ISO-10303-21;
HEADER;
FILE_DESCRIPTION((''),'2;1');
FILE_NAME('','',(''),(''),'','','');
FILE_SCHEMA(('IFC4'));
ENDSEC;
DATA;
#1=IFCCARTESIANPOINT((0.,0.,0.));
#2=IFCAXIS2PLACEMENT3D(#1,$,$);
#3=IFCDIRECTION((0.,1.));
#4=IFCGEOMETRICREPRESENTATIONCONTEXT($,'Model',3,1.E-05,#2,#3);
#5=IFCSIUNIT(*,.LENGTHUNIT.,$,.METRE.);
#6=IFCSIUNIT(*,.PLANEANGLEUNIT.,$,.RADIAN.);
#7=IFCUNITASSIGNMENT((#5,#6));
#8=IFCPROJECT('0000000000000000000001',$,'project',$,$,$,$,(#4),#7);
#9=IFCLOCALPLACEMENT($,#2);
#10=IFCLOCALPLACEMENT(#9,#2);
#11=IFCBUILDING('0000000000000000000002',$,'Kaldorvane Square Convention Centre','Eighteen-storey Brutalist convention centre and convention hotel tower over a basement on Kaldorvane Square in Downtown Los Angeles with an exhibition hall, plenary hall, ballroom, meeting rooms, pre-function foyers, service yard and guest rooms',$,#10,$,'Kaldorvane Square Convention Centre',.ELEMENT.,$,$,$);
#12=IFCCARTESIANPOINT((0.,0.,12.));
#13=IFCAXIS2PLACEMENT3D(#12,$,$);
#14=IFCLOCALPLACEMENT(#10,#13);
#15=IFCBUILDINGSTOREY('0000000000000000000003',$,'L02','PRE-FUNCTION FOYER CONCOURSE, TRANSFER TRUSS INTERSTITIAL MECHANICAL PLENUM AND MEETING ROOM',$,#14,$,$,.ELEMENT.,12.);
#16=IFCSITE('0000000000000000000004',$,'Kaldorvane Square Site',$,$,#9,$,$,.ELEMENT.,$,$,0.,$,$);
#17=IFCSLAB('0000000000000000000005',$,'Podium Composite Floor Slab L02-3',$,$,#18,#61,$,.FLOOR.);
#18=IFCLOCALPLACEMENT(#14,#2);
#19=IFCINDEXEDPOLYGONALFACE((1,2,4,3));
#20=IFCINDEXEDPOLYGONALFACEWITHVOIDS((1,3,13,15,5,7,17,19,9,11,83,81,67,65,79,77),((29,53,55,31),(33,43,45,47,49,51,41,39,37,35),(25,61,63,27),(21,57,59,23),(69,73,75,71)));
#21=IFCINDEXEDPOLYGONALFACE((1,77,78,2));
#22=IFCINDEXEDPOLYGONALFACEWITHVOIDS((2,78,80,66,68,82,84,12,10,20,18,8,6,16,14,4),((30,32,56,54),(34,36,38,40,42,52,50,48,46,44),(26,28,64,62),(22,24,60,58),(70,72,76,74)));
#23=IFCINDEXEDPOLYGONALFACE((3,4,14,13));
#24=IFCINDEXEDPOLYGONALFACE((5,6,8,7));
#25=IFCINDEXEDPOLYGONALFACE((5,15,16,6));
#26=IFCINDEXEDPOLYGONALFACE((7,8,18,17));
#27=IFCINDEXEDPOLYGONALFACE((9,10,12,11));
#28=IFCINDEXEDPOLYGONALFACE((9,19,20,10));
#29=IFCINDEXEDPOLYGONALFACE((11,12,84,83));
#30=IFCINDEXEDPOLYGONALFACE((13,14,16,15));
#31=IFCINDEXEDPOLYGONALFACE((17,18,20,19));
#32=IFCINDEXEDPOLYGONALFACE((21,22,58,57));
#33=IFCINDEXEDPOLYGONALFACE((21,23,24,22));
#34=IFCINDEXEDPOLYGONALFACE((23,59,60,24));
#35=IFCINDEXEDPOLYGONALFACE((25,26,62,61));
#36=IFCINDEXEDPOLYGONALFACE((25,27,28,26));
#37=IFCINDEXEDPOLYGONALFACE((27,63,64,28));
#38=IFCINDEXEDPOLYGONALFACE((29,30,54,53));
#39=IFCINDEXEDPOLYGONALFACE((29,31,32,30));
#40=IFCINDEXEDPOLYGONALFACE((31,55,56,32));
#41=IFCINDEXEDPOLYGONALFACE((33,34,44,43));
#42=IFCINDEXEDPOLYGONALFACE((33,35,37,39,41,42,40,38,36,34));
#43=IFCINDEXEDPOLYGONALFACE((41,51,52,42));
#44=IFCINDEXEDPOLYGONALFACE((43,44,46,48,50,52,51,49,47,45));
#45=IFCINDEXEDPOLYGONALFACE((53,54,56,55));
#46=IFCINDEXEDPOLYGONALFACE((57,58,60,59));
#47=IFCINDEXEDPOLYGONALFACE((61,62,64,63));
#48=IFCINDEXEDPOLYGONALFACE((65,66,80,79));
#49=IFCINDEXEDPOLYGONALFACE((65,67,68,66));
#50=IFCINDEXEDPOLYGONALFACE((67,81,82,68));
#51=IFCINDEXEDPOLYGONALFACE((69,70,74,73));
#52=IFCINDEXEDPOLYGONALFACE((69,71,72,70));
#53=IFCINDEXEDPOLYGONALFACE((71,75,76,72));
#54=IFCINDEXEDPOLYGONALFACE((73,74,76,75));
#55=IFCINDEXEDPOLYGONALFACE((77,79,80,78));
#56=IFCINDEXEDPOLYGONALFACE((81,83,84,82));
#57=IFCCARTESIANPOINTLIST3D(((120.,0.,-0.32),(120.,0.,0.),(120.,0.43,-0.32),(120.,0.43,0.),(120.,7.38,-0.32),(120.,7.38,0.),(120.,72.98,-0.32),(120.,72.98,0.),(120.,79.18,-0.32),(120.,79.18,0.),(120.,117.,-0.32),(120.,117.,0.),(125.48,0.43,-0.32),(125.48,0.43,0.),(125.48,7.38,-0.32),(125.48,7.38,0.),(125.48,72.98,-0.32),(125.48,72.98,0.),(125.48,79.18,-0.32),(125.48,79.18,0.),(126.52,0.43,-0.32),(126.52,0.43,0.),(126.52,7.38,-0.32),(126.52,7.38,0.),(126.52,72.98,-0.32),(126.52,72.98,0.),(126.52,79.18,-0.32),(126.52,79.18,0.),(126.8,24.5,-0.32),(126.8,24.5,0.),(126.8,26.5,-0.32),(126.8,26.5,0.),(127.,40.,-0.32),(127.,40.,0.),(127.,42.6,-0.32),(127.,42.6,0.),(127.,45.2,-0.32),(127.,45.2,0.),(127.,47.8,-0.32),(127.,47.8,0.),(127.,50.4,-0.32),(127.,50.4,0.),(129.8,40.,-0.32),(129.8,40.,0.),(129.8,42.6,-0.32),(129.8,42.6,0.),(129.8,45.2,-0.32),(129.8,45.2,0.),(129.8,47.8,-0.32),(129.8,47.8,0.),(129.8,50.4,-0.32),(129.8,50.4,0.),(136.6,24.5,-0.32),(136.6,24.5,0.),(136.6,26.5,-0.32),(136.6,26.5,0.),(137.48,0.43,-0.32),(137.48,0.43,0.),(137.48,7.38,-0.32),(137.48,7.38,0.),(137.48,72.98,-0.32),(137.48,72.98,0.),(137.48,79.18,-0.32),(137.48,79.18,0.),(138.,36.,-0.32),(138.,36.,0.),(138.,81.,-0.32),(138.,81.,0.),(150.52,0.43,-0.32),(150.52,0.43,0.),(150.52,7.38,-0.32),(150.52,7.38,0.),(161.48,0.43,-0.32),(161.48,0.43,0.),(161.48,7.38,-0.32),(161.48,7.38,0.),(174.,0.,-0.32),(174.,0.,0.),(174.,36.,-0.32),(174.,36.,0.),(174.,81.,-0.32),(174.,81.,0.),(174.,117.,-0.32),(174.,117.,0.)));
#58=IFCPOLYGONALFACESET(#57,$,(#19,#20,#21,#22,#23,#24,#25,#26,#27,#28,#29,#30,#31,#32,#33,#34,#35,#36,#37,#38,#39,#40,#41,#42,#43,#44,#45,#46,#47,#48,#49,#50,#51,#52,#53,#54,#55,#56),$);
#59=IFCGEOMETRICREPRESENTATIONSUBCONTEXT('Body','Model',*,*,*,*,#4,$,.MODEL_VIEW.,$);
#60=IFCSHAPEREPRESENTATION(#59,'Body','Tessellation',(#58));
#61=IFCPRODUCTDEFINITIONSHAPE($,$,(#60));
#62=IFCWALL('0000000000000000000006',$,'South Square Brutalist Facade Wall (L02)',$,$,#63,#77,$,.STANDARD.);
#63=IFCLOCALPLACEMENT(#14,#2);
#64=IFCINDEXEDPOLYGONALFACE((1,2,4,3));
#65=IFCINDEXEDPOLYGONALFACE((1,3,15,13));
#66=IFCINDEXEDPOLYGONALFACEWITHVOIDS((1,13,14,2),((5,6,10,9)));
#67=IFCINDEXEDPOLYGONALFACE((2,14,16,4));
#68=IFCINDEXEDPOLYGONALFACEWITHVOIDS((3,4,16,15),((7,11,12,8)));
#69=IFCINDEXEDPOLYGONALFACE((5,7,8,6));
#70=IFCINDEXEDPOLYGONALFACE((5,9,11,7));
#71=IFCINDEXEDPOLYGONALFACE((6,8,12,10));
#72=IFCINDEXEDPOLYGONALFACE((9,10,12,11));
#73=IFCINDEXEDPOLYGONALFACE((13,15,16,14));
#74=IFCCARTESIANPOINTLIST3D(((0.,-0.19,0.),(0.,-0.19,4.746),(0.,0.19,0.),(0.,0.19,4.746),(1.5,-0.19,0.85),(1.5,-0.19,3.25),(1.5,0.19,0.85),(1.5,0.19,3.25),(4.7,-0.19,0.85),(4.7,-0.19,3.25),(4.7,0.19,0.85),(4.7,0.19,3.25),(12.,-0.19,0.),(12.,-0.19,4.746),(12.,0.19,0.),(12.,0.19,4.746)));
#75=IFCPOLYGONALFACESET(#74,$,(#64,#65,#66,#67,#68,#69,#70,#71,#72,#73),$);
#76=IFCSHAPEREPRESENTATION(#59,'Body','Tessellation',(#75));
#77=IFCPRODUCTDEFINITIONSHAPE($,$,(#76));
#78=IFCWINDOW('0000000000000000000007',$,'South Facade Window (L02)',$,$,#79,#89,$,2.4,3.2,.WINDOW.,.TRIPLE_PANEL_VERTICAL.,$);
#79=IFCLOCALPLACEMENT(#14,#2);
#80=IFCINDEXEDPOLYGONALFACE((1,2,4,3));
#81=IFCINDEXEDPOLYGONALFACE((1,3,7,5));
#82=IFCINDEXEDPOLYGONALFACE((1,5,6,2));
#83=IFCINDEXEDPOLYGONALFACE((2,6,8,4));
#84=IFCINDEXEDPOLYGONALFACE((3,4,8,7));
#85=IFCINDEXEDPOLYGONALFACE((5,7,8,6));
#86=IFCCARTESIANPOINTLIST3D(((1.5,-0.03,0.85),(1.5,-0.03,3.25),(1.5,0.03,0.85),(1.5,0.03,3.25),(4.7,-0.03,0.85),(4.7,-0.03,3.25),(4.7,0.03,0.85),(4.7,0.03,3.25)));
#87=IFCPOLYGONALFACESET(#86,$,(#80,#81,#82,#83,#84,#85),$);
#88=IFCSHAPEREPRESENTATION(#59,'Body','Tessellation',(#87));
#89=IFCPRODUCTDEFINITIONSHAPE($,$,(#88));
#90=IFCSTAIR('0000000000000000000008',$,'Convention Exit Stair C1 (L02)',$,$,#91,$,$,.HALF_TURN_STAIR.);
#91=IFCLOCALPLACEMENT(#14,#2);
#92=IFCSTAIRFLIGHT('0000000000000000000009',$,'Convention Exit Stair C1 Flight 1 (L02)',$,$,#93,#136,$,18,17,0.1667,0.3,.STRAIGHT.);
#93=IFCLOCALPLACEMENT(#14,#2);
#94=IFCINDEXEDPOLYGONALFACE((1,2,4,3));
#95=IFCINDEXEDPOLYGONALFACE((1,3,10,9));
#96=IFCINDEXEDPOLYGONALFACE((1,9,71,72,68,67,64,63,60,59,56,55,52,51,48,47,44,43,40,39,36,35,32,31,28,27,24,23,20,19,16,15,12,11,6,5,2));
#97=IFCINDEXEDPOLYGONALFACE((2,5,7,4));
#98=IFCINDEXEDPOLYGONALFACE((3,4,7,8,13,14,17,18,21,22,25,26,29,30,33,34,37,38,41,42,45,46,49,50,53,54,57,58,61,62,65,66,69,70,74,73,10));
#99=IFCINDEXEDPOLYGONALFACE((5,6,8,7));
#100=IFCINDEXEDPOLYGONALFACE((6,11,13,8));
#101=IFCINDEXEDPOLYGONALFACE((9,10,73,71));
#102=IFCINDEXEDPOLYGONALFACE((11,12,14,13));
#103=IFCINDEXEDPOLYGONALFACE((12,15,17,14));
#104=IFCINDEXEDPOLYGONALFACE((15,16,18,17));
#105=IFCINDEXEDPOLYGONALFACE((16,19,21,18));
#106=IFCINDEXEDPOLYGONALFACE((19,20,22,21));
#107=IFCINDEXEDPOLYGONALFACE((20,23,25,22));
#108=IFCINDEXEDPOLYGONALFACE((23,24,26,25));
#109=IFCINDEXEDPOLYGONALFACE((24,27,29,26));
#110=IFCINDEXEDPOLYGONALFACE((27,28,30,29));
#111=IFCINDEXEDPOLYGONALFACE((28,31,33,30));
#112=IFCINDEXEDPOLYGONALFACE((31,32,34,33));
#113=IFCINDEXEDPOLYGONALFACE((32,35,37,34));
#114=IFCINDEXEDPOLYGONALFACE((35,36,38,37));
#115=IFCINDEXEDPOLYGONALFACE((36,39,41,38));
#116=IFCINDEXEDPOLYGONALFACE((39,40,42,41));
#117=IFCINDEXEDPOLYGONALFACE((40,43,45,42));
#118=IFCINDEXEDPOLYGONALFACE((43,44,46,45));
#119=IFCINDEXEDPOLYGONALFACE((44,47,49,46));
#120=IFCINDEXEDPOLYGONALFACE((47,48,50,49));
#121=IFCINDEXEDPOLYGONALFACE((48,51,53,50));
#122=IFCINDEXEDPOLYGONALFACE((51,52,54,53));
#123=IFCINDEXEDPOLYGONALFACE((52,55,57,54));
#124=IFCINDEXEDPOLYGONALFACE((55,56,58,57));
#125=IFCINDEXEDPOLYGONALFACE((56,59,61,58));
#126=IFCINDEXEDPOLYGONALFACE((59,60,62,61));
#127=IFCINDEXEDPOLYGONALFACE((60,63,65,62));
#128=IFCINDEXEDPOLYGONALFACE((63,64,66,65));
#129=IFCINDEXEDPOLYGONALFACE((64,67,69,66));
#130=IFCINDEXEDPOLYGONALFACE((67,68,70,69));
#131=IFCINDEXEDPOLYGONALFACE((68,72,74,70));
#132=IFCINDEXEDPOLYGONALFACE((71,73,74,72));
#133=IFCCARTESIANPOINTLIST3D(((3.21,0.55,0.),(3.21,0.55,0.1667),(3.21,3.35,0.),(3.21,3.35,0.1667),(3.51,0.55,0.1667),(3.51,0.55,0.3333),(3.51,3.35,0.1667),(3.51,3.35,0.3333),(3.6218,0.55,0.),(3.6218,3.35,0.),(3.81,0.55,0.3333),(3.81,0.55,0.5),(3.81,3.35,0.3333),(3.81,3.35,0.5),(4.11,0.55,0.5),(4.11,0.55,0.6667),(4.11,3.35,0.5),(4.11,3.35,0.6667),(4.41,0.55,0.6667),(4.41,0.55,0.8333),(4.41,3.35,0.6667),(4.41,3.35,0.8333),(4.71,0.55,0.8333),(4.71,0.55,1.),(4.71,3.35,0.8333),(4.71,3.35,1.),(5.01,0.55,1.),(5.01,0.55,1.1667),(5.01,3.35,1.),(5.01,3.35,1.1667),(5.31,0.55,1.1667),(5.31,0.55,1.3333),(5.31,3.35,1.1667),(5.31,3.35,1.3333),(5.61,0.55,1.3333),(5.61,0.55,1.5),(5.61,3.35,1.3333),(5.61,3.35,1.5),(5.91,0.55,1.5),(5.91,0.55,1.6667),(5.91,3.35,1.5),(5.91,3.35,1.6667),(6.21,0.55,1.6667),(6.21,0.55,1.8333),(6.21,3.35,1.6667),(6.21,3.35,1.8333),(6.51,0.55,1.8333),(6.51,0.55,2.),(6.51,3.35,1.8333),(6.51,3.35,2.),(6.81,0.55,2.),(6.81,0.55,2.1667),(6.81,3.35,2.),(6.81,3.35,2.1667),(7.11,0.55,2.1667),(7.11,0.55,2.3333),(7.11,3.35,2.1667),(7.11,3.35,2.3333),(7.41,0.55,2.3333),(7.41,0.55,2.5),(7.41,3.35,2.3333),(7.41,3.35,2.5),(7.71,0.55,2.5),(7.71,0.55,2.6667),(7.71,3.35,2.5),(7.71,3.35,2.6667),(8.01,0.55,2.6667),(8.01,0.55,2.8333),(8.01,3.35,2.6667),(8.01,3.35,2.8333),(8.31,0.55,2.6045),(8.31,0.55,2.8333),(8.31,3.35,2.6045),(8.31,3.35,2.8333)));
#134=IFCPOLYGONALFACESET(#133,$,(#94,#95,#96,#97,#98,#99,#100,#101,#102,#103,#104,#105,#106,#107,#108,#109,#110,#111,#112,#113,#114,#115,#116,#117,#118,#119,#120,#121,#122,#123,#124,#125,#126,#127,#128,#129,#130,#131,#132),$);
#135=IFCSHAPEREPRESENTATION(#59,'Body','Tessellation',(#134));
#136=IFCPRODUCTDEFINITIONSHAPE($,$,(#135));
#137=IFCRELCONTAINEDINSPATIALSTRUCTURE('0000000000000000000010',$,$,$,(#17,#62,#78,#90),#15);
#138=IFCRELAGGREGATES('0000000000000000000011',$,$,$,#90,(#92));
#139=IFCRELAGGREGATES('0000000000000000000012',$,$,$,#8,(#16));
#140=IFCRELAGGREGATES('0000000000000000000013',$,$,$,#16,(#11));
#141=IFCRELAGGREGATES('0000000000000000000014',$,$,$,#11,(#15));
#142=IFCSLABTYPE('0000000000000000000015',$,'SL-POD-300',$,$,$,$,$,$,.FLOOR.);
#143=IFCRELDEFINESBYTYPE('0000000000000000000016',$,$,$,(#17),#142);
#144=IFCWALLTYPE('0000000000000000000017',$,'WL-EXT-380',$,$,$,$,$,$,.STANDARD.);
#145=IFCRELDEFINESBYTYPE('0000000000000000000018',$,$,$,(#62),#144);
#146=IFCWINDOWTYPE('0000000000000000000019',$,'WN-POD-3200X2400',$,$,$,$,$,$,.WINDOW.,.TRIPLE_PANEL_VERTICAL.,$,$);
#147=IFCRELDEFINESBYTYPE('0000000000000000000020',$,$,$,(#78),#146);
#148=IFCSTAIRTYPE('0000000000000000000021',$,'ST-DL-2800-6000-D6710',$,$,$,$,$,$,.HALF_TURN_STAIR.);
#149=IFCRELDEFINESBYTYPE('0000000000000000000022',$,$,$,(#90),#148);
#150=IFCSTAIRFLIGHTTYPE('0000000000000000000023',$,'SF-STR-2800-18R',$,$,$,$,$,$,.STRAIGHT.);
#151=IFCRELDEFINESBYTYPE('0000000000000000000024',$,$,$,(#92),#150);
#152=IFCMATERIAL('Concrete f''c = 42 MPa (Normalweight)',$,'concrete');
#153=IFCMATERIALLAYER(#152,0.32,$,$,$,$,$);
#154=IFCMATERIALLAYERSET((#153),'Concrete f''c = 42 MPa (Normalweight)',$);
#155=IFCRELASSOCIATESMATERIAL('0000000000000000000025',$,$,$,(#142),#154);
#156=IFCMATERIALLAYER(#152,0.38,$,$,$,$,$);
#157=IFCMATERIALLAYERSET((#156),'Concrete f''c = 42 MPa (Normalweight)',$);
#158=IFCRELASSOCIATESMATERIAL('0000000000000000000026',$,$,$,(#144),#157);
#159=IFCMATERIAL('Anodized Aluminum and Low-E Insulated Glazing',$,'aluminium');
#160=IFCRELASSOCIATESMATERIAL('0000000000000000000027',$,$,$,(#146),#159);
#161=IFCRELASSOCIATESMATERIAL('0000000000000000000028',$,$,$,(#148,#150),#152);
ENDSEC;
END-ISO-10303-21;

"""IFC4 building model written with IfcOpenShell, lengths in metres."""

from ifc_helpers import new_model, si_unit, direction, frame, frame_2d, origin, origin_with_axes, place, context, subcontext, project, spatial, polyline, rectangle, outline, extrude, material, layer, layer_set, type_object, element, fill, aggregate, save


model = new_model("IFC4")

# Units and contexts
model_context = context("Model", 3, precision=1e-05, world=origin(), true_north=direction((0.0, 1.0)))
body_context = subcontext(model_context, "Body", "Model", "MODEL_VIEW")
ifc_project = project(units=[si_unit("LENGTHUNIT", "METRE"), si_unit("PLANEANGLEUNIT", "RADIAN")], contexts=[model_context])

# Site, building, storey
site_placement = place(None, origin())
site = spatial("IfcSite", under=ifc_project, at=site_placement, Name="Kaldorvane Square Site", CompositionType="ELEMENT", RefElevation=0.0)
building_placement = place(site_placement, origin())
building = spatial("IfcBuilding", under=site, at=building_placement, Name="Kaldorvane Square Convention Centre", Description="Eighteen-storey Brutalist convention centre and convention hotel tower over a basement on Kaldorvane Square in Downtown Los Angeles with an exhibition hall, plenary hall, ballroom, meeting rooms, pre-function foyers, service yard and guest rooms", LongName="Kaldorvane Square Convention Centre", CompositionType="ELEMENT")
storey_placement = place(building_placement, frame((0.0, 0.0, 12.0)))
storey = spatial("IfcBuildingStorey", under=building, at=storey_placement, Name="L02", Description="PRE-FUNCTION FOYER CONCOURSE, TRANSFER TRUSS INTERSTITIAL MECHANICAL PLENUM AND MEETING ROOM", CompositionType="ELEMENT", Elevation=12.0)

# Slab
ifc_material_1 = material(Name="Concrete f'c = 42 MPa (Normalweight)", Category="concrete")
ifc_layer_1 = layer(ifc_material_1, 0.32)
ifc_layer_set_1 = layer_set([ifc_layer_1], Name="Concrete f'c = 42 MPa (Normalweight)")
slab_type_1 = type_object("IfcSlabType", Name="SL-POD-300", PredefinedType="FLOOR", material=ifc_layer_set_1)
slab_1_placement = place(storey_placement, frame((0.0, 0.0, -0.32)))
element("IfcSlab", 1, at=slab_1_placement, inside=storey, type_object=slab_type_1, Name="Podium Composite Floor Slab L02-3", PredefinedType="FLOOR", context=body_context, shape_type="SweptSolid", body=[
    extrude(outline(polyline([(174.0, 117.0), (174.0, 81.0), (138.0, 81.0), (138.0, 36.0), (174.0, 36.0), (174.0, 0.0), (120.0, 0.0), (120.0, 0.43), (125.48, 0.43), (125.48, 7.38), (120.0, 7.38), (120.0, 72.98), (125.48, 72.98), (125.48, 79.18), (120.0, 79.18), (120.0, 117.0), (174.0, 117.0)]), holes=[polyline([(161.48, 0.43), (161.48, 7.38), (150.52, 7.38), (150.52, 0.43), (161.48, 0.43)]), polyline([(137.48, 0.43), (137.48, 7.38), (126.52, 7.38), (126.52, 0.43), (137.48, 0.43)]), polyline([(126.8, 24.5), (136.6, 24.5), (136.6, 26.5), (126.8, 26.5), (126.8, 24.5)]), polyline([(127.0, 40.0), (129.8, 40.0), (129.8, 42.6), (129.8, 45.2), (129.8, 47.8), (129.8, 50.4), (127.0, 50.4), (127.0, 47.8), (127.0, 45.2), (127.0, 42.6), (127.0, 40.0)]), polyline([(137.48, 72.98), (137.48, 79.18), (126.52, 79.18), (126.52, 72.98), (137.48, 72.98)])]), origin(), (0.0, 0.0, 1.0), 0.32),
])

# Wall, opening, window
ifc_layer_2 = layer(ifc_material_1, 0.38)
ifc_layer_set_2 = layer_set([ifc_layer_2], Name="Concrete f'c = 42 MPa (Normalweight)")
wall_type = type_object("IfcWallType", Name="WL-EXT-380", PredefinedType="STANDARD", material=ifc_layer_set_2)
wall_placement = place(storey_placement, origin_with_axes())
wall = element("IfcWall", 2, at=wall_placement, inside=storey, type_object=wall_type, Name="South Square Brutalist Facade Wall (L02)", PredefinedType="STANDARD", context=body_context, shape_type="SweptSolid", body=[
    extrude(rectangle(XDim=12.0, YDim=0.38, at=frame_2d((6.0, 0.0))), origin(), (0.0, 0.0, 1.0), 4.746),
])
opening_placement = place(wall_placement, frame((1.5, 0.0, 0.85)))
opening = element("IfcOpeningElement", 3, at=opening_placement, cuts=wall, PredefinedType="OPENING", context=body_context, shape_type="SweptSolid", body=[
    extrude(rectangle(XDim=3.2, YDim=2.4, at=frame_2d((1.6, 1.2))), frame((0.0, 0.205, 0.0), z_axis=(0.0, -1.0, 0.0), x_axis=(1.0, 0.0, 0.0)), (0.0, 0.0, 1.0), 0.41),
])
ifc_material_2 = material(Name="Anodized Aluminum and Low-E Insulated Glazing", Category="aluminium")
window_type = type_object("IfcWindowType", Name="WN-POD-3200X2400", PartitioningType="TRIPLE_PANEL_VERTICAL", PredefinedType="WINDOW", material=ifc_material_2)
window_placement = place(opening_placement, origin())
window = element("IfcWindow", 4, at=window_placement, inside=storey, type_object=window_type, Name="South Facade Window (L02)", OverallHeight=2.4, OverallWidth=3.2, PartitioningType="TRIPLE_PANEL_VERTICAL", PredefinedType="WINDOW", context=body_context, shape_type="SweptSolid", body=[
    extrude(rectangle(XDim=3.2, YDim=2.4, at=frame_2d((1.6, 1.2))), frame((0.0, 0.03, 0.0), z_axis=(0.0, -1.0, 0.0), x_axis=(1.0, 0.0, 0.0)), (0.0, 0.0, 1.0), 0.06),
])
fill(opening, window)

# Stair, stair flight
stair_type = type_object("IfcStairType", Name="ST-DL-2800-6000-D6710", PredefinedType="HALF_TURN_STAIR", material=ifc_material_1)
stair_placement = place(storey_placement, origin())
stair = element("IfcStair", 5, at=stair_placement, inside=storey, type_object=stair_type, Name="Convention Exit Stair C1 (L02)", PredefinedType="HALF_TURN_STAIR")
stair_flight_type = type_object("IfcStairFlightType", Name="SF-STR-2800-18R", PredefinedType="STRAIGHT", material=ifc_material_1)
stair_flight_placement = place(storey_placement, frame((3.21, 1.95, 0.0), z_axis=(0.0, 0.0, 1.0), x_axis=(1.0, 0.0, 0.0)))
stair_flight = element("IfcStairFlight", 6, at=stair_flight_placement, type_object=stair_flight_type, Name="Convention Exit Stair C1 Flight 1 (L02)", NumberOfRisers=18, NumberOfTreads=17, PredefinedType="STRAIGHT", RiserHeight=0.1667, TreadLength=0.3, context=body_context, shape_type="SweptSolid", body=[
    extrude(outline(polyline([(0.0, 0.0), (0.0, 0.1667), (0.3, 0.1667), (0.3, 0.3333), (0.6, 0.3333), (0.6, 0.5), (0.9, 0.5), (0.9, 0.6667), (1.2, 0.6667), (1.2, 0.8333), (1.5, 0.8333), (1.5, 1.0), (1.8, 1.0), (1.8, 1.1667), (2.1, 1.1667), (2.1, 1.3333), (2.4, 1.3333), (2.4, 1.5), (2.7, 1.5), (2.7, 1.6667), (3.0, 1.6667), (3.0, 1.8333), (3.3, 1.8333), (3.3, 2.0), (3.6, 2.0), (3.6, 2.1667), (3.9, 2.1667), (3.9, 2.3333), (4.2, 2.3333), (4.2, 2.5), (4.5, 2.5), (4.5, 2.6667), (4.8, 2.6667), (4.8, 2.8333), (5.1, 2.8333), (5.1, 3.0), (5.1, 2.6045), (0.4118, 0.0), (0.0, 0.0)])), frame((0.0, 1.4, 0.0), z_axis=(0.0, -1.0, 0.0), x_axis=(1.0, 0.0, 0.0)), (0.0, 0.0, 1.0), 2.8),
])
aggregate(stair, [stair_flight])

save(model, "model.ifc")
